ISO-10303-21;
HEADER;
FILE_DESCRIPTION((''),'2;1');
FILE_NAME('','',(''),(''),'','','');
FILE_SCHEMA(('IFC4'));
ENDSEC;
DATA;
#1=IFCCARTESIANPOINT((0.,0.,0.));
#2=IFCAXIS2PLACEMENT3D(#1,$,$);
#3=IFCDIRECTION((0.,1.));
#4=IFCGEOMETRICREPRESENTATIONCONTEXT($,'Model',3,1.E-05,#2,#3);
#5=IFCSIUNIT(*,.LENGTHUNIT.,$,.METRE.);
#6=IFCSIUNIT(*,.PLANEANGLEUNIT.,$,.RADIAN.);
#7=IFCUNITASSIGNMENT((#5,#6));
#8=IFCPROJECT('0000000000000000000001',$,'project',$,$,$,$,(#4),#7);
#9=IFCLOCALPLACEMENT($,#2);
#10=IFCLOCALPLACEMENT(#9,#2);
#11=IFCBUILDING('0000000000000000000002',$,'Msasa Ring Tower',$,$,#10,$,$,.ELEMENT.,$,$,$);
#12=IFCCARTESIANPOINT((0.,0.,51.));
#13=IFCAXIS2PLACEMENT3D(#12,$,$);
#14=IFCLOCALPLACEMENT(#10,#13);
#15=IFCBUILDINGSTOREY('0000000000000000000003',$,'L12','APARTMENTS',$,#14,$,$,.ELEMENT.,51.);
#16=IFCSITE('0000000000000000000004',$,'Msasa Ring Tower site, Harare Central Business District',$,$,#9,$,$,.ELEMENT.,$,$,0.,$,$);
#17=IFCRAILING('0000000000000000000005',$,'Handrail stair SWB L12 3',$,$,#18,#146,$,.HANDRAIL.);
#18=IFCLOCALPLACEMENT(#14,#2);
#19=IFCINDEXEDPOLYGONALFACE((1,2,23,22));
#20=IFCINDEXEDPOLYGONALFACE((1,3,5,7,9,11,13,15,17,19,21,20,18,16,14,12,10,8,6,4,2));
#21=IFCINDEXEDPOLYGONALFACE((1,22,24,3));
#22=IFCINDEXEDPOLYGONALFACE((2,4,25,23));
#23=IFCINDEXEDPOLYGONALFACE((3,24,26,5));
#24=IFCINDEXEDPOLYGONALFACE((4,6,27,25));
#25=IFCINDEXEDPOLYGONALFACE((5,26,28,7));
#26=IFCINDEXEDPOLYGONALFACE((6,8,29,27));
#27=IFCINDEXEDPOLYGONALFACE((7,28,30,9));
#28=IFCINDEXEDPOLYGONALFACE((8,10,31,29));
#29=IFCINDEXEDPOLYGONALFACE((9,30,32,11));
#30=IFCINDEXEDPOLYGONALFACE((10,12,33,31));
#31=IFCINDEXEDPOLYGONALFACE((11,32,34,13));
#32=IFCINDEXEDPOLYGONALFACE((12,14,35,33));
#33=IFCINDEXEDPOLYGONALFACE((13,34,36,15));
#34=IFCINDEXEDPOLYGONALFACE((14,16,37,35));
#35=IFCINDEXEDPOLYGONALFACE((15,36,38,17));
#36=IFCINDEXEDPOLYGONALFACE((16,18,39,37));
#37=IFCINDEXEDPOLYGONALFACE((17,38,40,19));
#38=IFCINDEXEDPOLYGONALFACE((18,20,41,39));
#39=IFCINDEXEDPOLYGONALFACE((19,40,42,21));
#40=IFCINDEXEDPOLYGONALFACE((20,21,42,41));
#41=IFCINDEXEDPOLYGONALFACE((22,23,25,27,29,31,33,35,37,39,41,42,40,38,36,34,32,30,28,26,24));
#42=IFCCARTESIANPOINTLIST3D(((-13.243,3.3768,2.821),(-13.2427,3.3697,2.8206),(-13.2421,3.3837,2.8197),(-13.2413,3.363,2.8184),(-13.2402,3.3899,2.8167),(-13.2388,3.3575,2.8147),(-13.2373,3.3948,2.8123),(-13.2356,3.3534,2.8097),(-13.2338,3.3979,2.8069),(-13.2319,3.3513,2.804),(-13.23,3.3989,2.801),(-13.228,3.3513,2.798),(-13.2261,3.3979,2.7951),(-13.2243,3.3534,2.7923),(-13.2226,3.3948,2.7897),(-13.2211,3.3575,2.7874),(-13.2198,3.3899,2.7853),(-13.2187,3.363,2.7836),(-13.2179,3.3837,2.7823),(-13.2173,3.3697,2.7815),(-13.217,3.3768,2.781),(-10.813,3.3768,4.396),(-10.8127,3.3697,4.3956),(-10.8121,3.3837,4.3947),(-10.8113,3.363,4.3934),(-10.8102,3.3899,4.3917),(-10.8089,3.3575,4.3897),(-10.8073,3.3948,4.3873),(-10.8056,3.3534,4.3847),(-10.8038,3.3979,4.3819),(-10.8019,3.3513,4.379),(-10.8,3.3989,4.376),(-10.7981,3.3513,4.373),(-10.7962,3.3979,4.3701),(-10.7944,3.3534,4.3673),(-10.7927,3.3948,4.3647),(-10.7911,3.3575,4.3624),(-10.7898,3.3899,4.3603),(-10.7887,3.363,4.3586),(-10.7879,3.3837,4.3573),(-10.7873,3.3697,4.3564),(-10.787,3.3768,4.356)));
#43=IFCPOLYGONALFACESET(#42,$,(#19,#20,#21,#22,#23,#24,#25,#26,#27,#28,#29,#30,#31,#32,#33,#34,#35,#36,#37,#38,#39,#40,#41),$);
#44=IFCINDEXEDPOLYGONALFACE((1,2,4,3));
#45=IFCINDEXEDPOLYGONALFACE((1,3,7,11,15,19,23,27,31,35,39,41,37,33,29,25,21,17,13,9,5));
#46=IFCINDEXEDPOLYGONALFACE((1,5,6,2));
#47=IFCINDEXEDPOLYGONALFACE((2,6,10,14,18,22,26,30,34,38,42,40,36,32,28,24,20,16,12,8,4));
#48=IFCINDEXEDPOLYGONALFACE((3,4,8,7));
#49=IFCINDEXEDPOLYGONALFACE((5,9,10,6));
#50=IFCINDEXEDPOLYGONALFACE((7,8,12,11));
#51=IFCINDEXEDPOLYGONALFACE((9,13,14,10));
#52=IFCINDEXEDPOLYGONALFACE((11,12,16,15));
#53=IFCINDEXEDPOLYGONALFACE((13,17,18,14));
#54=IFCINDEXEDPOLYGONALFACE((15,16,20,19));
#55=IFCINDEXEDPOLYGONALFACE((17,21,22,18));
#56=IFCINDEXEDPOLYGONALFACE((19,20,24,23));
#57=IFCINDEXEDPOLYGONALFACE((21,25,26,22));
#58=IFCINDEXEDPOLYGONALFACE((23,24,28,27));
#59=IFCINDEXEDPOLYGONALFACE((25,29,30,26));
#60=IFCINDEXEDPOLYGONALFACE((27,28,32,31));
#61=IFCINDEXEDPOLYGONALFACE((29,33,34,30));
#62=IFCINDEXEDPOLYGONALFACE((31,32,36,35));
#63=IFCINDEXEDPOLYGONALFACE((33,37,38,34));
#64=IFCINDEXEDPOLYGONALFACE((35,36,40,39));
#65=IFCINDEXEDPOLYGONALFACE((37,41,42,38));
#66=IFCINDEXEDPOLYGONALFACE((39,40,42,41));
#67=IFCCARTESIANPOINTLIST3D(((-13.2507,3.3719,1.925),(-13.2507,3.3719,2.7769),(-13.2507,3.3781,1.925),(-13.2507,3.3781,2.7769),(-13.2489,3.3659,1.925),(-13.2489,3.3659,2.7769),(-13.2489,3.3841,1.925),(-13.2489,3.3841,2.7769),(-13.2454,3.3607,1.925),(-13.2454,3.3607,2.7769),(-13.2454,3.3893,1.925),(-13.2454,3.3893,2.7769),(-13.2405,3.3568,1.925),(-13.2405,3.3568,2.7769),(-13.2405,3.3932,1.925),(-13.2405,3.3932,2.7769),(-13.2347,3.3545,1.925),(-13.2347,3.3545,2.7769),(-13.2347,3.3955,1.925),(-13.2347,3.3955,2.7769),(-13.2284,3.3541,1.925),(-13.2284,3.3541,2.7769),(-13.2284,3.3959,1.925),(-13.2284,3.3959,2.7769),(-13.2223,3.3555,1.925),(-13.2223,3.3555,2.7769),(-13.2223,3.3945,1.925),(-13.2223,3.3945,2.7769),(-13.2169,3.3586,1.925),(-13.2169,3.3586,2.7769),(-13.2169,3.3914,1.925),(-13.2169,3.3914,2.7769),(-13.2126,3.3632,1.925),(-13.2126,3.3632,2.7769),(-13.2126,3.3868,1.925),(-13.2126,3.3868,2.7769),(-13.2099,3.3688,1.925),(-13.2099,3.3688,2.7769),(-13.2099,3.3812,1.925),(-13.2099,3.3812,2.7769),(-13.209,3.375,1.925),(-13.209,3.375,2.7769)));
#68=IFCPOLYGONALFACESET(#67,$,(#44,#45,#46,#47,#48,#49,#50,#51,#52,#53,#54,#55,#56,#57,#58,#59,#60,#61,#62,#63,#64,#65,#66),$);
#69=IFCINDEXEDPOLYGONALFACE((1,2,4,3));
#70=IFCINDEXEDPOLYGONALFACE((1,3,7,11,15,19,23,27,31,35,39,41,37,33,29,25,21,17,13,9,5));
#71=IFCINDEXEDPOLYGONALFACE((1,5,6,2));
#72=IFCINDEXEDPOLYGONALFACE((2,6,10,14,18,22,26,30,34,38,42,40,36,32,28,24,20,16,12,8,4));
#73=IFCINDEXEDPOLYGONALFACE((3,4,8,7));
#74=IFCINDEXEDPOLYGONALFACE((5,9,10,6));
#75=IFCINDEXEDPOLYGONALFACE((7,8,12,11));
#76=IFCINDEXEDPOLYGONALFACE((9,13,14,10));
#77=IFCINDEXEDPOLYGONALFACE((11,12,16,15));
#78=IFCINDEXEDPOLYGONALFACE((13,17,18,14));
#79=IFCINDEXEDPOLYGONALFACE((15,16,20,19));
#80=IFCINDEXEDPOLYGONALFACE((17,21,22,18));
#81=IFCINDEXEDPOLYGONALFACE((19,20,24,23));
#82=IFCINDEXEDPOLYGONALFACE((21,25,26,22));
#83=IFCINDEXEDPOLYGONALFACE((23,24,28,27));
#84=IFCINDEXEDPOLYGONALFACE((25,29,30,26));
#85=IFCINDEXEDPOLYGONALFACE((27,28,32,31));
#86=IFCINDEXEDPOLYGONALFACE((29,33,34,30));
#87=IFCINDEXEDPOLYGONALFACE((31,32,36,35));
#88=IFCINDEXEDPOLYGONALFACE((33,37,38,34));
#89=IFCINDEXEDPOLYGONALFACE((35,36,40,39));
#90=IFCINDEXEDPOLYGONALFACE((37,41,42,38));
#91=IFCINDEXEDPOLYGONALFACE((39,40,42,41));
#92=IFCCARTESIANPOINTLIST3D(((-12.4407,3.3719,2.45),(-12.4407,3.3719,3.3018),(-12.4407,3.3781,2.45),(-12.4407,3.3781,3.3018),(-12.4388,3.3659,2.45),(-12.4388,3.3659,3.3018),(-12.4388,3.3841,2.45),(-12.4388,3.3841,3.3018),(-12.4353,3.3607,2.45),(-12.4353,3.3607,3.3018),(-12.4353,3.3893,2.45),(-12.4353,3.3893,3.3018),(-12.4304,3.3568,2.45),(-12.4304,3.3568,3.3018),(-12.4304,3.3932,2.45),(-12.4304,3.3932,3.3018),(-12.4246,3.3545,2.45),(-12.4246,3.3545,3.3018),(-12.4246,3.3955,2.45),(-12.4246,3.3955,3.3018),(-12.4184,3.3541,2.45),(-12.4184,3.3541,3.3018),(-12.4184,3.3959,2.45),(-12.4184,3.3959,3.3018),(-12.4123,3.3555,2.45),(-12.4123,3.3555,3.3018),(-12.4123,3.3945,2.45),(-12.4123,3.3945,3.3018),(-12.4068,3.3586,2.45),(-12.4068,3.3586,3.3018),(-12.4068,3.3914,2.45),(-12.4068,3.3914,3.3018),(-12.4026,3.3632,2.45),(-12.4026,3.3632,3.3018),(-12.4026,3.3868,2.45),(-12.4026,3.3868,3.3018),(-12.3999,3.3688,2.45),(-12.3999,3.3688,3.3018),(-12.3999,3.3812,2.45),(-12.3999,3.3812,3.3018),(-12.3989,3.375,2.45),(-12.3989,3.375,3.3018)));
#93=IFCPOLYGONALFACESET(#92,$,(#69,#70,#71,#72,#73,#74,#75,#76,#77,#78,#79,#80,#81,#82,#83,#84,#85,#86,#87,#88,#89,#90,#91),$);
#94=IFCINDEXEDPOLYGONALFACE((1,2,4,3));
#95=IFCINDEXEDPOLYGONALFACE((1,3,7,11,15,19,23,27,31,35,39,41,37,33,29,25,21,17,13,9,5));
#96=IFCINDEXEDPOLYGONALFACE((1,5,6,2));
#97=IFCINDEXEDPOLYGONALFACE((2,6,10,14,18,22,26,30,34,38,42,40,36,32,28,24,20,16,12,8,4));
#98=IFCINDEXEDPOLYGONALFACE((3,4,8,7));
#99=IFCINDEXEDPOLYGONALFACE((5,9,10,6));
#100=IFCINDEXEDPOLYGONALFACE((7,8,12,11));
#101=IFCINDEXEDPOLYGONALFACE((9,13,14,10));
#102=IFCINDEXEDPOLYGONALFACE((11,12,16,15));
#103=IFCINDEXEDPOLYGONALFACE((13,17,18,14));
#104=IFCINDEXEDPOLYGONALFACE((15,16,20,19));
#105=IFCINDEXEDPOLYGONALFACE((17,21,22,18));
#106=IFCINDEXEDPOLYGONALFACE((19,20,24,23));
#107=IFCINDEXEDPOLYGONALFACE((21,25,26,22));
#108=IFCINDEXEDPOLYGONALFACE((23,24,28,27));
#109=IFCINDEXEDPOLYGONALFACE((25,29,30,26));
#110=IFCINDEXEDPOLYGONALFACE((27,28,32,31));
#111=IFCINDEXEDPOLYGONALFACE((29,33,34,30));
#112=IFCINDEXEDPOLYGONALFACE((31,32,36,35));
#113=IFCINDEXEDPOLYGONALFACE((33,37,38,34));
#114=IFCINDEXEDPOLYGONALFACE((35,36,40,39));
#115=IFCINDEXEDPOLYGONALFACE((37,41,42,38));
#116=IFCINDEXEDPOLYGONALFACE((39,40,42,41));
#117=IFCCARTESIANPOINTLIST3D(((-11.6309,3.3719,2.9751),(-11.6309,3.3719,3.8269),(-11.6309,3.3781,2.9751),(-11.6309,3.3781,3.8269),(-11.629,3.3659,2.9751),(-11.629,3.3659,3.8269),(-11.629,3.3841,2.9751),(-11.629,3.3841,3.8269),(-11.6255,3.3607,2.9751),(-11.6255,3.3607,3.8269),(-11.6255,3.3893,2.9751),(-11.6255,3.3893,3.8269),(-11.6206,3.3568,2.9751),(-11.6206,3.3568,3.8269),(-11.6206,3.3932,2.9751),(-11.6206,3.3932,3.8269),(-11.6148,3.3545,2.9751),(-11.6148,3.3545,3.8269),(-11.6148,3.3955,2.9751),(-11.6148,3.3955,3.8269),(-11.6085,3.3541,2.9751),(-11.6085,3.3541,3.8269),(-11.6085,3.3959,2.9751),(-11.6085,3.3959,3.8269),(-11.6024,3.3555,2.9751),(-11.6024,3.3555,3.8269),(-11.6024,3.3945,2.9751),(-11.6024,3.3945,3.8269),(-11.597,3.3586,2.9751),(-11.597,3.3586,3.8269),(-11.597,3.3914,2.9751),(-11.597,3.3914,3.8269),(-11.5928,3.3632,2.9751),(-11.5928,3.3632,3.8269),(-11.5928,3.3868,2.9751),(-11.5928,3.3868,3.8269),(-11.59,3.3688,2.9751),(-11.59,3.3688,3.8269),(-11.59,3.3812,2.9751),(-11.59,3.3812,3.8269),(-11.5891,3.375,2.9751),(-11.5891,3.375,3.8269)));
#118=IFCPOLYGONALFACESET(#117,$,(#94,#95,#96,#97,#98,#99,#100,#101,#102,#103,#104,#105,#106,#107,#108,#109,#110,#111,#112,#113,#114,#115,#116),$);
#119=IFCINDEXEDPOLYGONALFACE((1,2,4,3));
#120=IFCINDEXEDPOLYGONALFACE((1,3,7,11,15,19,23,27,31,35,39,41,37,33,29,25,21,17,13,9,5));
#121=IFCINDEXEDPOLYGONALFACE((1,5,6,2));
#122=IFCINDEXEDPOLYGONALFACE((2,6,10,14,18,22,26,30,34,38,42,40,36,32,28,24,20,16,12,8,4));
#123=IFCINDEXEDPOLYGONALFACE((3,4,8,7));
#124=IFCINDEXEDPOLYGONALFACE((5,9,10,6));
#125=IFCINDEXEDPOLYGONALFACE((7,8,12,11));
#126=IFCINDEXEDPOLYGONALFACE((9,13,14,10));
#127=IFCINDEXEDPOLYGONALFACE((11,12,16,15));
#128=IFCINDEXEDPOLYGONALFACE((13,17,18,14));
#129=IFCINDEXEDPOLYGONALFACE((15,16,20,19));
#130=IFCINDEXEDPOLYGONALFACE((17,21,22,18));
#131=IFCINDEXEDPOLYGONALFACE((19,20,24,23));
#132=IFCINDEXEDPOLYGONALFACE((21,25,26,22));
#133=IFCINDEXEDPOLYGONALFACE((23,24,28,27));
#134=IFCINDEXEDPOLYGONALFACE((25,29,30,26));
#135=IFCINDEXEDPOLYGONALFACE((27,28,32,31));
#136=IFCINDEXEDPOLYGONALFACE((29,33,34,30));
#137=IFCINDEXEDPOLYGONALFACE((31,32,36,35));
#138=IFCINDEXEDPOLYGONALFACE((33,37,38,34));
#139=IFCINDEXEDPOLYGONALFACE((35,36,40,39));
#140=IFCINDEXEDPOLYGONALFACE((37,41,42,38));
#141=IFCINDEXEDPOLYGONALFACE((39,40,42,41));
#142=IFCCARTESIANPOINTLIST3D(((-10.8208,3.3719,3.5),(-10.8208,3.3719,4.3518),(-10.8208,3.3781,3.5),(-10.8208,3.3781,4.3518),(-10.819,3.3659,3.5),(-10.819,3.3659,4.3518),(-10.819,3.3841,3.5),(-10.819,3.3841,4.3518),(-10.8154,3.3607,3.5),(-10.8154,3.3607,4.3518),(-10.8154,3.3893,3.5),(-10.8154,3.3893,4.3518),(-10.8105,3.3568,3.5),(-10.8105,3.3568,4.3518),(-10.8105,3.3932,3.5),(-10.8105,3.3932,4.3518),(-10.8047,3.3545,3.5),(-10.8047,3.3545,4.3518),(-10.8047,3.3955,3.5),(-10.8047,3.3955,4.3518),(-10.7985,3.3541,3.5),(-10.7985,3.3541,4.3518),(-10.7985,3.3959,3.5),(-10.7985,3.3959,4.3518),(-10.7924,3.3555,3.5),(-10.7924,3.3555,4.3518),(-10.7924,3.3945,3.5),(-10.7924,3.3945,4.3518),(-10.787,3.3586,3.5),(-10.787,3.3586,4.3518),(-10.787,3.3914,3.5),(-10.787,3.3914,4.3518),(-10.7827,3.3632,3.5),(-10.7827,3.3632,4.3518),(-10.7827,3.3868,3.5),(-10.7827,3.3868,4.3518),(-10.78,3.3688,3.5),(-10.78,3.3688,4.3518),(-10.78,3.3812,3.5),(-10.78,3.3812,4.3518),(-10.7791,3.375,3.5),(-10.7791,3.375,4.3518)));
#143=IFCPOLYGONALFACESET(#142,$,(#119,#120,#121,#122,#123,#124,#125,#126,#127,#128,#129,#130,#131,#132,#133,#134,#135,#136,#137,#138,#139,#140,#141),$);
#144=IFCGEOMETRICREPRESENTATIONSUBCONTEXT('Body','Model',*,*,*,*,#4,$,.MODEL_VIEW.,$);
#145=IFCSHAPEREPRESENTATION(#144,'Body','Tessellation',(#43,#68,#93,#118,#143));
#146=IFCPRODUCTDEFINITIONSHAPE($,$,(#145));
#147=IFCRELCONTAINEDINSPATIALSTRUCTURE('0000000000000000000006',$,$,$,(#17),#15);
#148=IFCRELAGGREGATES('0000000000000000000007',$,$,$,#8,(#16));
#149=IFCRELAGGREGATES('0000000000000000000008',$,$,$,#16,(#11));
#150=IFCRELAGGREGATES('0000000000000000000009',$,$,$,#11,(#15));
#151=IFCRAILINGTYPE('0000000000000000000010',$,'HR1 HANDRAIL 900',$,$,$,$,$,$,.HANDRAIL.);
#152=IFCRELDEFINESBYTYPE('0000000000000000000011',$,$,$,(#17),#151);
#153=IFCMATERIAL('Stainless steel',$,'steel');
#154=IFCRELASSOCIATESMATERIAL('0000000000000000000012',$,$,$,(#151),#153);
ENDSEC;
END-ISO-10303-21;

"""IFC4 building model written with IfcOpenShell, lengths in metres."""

from ifc_helpers import new_model, si_unit, direction, frame, origin, origin_2d, place, context, subcontext, project, spatial, circle, extrude, material, type_object, element, save


model = new_model("IFC4")

# Units and contexts
model_context = context("Model", 3, precision=1e-05, world=origin(), true_north=direction((0.0, 1.0)))
body_context = subcontext(model_context, "Body", "Model", "MODEL_VIEW")
ifc_project = project(units=[si_unit("LENGTHUNIT", "METRE"), si_unit("PLANEANGLEUNIT", "RADIAN")], contexts=[model_context])

# Site, building, storey
site_placement = place(None, origin())
site = spatial("IfcSite", under=ifc_project, at=site_placement, Name="Msasa Ring Tower site, Harare Central Business District", CompositionType="ELEMENT", RefElevation=0.0)
building_placement = place(site_placement, origin())
building = spatial("IfcBuilding", under=site, at=building_placement, Name="Msasa Ring Tower", CompositionType="ELEMENT")
storey_placement = place(building_placement, frame((0.0, 0.0, 51.0)))
storey = spatial("IfcBuildingStorey", under=building, at=storey_placement, Name="L12", Description="APARTMENTS", CompositionType="ELEMENT", Elevation=51.0)

# Railing
ifc_material_1 = material(Name="Stainless steel", Category="steel")
railing_type = type_object("IfcRailingType", Name="HR1 HANDRAIL 900", PredefinedType="HANDRAIL", material=ifc_material_1)
for number, where, name in (
    (1, (-13.23, 3.375, 1.925), "Handrail stair SWB L12 3"),
):
    element("IfcRailing", number, at=place(storey_placement, frame(where)), inside=storey, type_object=railing_type, Name=name, PredefinedType="HANDRAIL", context=body_context, shape_type="SweptSolid", body=[
        extrude(circle(Radius=0.0239, at=origin_2d()), frame((0.0, 0.0, 0.876), z_axis=(0.839154, 0.0, 0.543894), x_axis=(0.0, 1.0, 0.0)), (0.0, 0.0, 1.0), 2.8958),
        extrude(circle(Radius=0.021, at=origin_2d()), origin(), (0.0, 0.0, 1.0), 0.8518),
        extrude(circle(Radius=0.021, at=origin_2d()), frame((0.8101, 0.0, 0.5249)), (0.0, 0.0, 1.0), 0.8518),
        extrude(circle(Radius=0.021, at=origin_2d()), frame((1.6199, 0.0, 1.05)), (0.0, 0.0, 1.0), 0.8518),
        extrude(circle(Radius=0.021, at=origin_2d()), frame((2.4299, 0.0, 1.575)), (0.0, 0.0, 1.0), 0.8518),
    ])

save(model, "model.ifc")
